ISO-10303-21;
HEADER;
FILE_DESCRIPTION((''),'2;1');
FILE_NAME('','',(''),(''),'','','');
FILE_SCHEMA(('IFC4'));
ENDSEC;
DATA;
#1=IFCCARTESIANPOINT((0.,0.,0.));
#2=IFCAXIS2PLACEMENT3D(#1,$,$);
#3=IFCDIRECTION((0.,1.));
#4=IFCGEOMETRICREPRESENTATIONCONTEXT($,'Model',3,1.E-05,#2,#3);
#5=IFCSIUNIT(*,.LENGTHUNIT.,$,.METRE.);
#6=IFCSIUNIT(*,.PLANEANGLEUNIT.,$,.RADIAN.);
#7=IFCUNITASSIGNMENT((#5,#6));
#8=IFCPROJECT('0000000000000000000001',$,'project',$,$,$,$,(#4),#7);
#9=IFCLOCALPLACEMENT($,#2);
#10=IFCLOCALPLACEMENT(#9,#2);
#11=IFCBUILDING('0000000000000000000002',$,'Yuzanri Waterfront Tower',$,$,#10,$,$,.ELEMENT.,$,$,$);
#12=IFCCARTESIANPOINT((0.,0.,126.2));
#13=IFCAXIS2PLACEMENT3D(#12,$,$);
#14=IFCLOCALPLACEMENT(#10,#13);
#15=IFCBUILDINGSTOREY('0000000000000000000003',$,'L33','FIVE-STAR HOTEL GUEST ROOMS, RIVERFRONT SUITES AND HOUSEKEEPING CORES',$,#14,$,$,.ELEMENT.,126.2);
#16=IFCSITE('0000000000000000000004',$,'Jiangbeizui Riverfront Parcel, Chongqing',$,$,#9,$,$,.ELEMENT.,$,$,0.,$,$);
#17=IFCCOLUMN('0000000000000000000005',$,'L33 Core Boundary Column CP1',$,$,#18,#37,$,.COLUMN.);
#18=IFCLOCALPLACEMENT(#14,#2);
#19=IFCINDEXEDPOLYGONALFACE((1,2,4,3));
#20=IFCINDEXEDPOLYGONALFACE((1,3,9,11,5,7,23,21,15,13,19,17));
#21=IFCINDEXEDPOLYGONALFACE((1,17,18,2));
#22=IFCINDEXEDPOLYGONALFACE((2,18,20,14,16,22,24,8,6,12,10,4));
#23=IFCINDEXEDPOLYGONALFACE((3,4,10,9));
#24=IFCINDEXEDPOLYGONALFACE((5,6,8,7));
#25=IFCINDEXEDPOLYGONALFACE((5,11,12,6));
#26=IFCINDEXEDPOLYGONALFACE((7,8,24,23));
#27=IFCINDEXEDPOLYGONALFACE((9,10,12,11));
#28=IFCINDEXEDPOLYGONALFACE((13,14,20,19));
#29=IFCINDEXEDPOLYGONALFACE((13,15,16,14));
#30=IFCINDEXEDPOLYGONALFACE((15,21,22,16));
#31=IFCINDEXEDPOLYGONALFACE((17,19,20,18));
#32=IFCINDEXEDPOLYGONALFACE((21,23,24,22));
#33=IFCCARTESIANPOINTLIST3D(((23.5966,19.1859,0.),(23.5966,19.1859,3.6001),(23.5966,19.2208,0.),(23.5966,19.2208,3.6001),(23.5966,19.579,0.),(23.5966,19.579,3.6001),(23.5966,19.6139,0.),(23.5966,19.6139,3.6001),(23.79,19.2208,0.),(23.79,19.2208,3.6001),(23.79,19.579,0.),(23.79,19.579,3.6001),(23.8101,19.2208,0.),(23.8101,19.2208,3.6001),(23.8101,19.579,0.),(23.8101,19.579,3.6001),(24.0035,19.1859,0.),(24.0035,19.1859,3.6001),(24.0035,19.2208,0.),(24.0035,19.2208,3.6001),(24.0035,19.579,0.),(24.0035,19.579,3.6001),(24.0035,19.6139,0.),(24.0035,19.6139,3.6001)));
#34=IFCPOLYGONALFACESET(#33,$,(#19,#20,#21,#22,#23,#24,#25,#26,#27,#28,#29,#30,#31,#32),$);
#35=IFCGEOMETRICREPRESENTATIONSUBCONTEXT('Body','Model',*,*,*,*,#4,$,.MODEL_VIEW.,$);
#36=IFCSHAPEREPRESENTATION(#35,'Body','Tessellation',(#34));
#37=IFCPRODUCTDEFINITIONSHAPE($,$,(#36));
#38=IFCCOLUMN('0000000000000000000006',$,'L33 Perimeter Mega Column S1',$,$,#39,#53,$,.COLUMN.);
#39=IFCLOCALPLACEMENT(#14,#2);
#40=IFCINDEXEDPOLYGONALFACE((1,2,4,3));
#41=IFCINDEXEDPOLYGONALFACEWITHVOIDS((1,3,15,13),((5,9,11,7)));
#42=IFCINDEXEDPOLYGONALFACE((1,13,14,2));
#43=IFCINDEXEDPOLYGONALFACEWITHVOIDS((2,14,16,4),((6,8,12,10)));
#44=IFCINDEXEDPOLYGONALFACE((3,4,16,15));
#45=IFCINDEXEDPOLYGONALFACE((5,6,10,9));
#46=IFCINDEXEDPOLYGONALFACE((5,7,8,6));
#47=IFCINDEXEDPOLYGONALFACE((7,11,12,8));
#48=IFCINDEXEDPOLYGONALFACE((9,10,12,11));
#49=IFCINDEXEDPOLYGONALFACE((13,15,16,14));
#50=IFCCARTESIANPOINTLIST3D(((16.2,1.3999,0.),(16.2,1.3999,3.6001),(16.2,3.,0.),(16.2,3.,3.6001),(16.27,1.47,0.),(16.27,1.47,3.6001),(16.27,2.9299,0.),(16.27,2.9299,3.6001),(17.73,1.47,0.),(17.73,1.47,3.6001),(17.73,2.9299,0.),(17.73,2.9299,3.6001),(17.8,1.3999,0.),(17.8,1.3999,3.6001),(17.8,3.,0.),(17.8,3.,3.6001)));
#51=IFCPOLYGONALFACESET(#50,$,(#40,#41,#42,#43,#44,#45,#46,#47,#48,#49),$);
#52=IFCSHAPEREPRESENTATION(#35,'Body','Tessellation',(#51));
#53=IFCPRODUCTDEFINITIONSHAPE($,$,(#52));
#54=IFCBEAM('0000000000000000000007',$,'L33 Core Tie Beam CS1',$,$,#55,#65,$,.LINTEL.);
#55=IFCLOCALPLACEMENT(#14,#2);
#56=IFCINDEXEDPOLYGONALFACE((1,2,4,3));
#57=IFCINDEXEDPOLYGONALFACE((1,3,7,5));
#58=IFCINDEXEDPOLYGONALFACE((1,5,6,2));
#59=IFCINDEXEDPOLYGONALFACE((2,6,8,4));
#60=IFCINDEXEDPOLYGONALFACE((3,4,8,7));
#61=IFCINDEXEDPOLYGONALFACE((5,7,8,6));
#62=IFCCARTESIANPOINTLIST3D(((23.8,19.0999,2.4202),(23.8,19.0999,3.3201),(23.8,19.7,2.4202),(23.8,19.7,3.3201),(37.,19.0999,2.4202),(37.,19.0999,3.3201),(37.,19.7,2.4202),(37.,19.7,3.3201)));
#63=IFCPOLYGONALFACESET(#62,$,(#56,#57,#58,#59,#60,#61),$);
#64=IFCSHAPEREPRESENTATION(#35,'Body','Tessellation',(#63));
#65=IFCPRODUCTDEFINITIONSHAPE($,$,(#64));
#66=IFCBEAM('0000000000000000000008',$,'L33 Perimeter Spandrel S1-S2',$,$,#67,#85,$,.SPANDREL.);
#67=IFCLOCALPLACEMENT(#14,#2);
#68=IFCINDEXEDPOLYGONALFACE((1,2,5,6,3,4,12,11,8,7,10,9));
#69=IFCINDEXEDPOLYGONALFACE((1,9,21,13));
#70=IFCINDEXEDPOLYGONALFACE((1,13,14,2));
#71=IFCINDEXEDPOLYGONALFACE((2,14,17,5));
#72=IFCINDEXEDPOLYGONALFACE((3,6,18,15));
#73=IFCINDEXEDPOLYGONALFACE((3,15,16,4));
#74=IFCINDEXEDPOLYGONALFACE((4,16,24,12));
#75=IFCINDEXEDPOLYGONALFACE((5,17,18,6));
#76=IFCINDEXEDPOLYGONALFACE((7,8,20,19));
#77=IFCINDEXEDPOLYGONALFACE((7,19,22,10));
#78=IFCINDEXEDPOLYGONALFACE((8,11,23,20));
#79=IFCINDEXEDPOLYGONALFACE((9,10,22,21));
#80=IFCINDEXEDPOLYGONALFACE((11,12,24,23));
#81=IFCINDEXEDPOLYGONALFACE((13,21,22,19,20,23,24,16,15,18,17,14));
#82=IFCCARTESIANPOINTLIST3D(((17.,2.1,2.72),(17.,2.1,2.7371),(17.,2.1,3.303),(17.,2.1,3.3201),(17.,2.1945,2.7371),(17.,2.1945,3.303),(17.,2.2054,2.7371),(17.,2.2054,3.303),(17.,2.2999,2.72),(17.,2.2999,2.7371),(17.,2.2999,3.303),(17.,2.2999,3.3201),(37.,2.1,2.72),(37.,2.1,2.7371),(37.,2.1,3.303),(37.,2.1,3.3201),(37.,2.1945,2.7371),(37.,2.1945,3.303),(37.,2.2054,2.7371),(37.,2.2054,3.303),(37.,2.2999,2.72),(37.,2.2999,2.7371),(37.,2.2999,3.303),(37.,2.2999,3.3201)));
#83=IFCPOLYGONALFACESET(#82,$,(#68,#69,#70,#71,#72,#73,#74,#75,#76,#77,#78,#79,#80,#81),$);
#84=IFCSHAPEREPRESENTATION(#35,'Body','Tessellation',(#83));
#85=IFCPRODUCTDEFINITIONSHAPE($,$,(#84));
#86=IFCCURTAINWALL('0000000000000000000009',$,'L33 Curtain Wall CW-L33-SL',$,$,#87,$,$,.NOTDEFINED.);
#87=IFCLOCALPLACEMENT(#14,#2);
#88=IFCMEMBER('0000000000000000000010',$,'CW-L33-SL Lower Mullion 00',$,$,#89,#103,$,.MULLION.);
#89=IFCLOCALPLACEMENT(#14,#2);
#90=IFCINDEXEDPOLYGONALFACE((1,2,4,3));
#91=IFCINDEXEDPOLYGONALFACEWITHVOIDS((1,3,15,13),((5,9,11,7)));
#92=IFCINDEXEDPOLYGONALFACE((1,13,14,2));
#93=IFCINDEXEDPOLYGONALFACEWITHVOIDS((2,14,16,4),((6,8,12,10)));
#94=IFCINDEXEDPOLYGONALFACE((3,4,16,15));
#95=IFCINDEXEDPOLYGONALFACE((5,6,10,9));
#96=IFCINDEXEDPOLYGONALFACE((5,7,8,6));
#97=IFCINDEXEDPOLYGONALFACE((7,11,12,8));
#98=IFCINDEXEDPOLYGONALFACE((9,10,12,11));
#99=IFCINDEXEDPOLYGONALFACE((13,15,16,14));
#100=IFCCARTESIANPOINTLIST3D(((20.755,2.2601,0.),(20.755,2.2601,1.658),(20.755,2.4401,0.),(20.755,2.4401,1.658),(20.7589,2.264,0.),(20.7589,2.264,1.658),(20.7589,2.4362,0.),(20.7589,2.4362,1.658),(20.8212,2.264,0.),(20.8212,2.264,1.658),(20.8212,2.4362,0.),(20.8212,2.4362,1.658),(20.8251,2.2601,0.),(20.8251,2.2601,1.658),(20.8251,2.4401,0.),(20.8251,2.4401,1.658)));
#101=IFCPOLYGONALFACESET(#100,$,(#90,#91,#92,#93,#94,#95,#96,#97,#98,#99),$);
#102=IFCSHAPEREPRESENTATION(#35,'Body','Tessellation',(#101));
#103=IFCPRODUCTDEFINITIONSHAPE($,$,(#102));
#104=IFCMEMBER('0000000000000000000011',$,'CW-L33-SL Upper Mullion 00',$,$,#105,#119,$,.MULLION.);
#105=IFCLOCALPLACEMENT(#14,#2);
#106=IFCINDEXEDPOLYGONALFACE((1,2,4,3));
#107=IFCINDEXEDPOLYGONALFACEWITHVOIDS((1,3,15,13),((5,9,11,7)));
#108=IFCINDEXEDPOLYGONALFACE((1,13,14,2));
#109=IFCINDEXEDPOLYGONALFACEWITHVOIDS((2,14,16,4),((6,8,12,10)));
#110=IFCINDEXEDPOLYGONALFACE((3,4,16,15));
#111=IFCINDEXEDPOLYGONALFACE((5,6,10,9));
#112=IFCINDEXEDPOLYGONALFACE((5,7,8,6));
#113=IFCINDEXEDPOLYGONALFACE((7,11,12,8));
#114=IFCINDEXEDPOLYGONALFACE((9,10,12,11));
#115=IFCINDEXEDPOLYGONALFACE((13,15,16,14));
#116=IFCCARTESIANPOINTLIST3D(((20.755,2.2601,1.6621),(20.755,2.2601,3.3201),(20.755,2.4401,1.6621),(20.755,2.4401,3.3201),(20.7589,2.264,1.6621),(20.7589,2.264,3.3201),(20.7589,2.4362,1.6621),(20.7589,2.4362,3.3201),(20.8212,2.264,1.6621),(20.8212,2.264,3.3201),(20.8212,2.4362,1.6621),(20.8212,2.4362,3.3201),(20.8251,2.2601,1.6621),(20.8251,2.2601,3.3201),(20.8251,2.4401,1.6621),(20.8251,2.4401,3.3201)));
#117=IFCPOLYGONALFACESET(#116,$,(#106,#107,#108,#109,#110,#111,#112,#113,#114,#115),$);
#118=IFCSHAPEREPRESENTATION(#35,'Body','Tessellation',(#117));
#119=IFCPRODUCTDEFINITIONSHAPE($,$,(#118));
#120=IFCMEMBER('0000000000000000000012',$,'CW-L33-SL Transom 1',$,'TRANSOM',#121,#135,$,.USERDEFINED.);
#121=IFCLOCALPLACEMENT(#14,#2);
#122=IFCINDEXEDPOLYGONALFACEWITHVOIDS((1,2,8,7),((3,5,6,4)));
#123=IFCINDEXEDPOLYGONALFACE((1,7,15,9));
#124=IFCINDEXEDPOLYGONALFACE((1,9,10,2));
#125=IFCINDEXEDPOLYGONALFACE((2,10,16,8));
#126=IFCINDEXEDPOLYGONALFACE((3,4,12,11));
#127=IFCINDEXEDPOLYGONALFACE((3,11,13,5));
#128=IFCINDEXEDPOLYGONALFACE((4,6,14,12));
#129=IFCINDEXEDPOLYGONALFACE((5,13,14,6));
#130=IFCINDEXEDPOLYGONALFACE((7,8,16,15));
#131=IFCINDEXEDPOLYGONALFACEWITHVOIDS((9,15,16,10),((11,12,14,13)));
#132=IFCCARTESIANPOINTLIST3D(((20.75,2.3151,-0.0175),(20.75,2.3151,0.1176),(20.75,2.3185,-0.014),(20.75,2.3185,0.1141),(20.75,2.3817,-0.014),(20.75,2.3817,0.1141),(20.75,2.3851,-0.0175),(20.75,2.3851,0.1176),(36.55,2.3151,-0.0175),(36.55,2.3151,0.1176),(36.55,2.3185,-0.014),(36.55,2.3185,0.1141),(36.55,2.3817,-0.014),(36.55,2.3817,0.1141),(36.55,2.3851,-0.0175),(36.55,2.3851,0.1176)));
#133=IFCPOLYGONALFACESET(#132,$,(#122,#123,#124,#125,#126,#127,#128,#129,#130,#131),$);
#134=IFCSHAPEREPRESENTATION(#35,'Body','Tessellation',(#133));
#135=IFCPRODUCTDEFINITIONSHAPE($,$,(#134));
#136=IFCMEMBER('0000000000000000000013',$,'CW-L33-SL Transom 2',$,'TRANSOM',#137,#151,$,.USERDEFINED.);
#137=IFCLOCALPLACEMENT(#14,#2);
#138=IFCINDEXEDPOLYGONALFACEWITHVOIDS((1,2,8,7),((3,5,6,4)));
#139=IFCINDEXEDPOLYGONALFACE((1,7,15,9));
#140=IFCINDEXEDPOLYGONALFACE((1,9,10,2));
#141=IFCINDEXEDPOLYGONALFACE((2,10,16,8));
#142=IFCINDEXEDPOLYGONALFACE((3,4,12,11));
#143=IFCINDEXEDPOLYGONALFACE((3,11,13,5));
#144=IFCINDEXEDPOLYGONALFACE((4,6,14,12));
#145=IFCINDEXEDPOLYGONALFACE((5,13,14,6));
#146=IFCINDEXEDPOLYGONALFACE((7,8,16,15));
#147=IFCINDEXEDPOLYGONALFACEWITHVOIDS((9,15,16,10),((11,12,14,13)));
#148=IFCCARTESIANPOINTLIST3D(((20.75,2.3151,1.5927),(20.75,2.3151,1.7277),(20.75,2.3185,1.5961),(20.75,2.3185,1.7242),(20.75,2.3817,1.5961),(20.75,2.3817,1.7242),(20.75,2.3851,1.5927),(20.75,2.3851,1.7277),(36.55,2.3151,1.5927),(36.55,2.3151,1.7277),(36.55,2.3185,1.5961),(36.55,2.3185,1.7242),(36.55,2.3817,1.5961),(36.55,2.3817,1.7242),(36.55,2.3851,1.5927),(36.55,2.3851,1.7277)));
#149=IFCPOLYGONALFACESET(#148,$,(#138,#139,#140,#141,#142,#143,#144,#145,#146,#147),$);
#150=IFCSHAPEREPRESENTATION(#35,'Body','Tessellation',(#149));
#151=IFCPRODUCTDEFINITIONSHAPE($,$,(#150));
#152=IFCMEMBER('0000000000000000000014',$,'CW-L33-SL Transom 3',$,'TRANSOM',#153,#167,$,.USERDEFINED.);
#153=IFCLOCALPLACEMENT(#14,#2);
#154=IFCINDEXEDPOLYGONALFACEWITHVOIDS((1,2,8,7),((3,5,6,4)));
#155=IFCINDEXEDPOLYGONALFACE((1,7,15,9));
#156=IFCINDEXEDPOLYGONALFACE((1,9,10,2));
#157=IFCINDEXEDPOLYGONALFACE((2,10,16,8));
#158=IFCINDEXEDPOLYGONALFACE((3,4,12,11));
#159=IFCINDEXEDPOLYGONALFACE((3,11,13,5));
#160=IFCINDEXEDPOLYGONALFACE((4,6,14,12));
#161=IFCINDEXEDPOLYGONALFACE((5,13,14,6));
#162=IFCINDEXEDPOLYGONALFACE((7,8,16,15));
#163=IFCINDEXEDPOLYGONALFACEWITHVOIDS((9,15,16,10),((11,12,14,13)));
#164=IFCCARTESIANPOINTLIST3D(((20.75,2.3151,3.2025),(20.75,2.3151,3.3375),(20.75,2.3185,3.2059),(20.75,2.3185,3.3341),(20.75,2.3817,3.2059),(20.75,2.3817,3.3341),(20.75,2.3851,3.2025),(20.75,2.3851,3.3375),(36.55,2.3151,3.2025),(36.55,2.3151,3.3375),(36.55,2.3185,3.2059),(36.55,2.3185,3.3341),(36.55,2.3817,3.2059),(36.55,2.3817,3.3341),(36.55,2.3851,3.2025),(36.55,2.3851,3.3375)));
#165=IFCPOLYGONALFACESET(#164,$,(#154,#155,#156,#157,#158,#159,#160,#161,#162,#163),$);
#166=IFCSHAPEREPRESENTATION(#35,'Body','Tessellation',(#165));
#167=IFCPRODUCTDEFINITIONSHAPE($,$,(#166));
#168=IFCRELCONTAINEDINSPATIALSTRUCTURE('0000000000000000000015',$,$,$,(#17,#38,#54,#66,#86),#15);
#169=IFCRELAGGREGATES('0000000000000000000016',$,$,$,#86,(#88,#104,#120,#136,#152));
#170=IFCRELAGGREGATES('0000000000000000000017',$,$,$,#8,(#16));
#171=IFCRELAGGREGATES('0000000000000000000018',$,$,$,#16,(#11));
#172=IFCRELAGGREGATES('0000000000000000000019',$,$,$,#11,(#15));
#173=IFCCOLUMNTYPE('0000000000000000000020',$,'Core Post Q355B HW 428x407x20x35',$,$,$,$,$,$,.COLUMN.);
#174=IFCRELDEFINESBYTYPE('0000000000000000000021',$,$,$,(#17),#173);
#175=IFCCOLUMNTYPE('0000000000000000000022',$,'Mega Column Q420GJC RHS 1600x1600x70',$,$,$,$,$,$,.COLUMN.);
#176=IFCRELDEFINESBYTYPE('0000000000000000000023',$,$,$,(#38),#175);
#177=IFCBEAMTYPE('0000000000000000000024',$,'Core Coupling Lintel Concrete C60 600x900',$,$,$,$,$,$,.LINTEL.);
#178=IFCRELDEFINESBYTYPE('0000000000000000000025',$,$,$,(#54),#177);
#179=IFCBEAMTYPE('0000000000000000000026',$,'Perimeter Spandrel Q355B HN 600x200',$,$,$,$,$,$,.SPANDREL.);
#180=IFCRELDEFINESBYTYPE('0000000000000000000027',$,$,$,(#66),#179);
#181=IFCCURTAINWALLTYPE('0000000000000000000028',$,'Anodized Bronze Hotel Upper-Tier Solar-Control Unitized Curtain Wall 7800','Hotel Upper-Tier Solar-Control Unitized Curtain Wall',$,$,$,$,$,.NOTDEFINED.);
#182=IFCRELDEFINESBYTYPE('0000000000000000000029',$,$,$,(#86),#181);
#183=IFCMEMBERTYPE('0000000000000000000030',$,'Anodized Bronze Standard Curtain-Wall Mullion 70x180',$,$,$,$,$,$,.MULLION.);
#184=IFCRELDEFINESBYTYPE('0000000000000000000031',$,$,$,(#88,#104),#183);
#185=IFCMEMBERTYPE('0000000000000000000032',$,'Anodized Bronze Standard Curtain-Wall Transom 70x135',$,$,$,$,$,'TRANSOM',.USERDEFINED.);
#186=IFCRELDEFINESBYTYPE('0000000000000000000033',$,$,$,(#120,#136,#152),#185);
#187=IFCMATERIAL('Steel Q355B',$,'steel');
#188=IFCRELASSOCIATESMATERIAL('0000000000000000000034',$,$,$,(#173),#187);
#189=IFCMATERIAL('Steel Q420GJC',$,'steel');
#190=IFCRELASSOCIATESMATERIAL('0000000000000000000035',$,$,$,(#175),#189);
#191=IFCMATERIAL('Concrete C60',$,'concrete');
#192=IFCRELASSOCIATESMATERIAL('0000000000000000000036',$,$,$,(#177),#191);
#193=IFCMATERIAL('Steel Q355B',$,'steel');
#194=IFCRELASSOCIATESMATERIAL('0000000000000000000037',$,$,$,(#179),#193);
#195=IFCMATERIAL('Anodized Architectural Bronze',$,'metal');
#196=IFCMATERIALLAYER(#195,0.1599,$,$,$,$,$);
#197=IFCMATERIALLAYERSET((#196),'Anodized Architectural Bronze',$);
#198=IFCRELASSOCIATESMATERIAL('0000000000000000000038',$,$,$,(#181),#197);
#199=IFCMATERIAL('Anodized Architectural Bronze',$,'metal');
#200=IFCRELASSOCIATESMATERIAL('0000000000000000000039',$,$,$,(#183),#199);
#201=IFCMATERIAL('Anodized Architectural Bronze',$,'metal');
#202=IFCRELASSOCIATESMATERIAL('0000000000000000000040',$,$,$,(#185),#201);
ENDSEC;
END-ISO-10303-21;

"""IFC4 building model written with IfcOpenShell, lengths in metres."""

from ifc_helpers import new_model, si_unit, direction, frame, origin, origin_2d, place, context, subcontext, project, spatial, rectangle, hollow_rectangle, i_section, extrude, source, transform, mapped, material, layer, layer_set, material_profile, profile_set, type_object, element, aggregate, save


model = new_model("IFC4")

# Units and contexts
model_context = context("Model", 3, precision=1e-05, world=origin(), true_north=direction((0.0, 1.0)))
body_context = subcontext(model_context, "Body", "Model", "MODEL_VIEW")
ifc_project = project(units=[si_unit("LENGTHUNIT", "METRE"), si_unit("PLANEANGLEUNIT", "RADIAN")], contexts=[model_context])

# Site, building, storey
site_placement = place(None, origin())
site = spatial("IfcSite", under=ifc_project, at=site_placement, Name="Jiangbeizui Riverfront Parcel, Chongqing", CompositionType="ELEMENT", RefElevation=0.0)
building_placement = place(site_placement, origin())
building = spatial("IfcBuilding", under=site, at=building_placement, Name="Yuzanri Waterfront Tower", CompositionType="ELEMENT")
storey_placement = place(building_placement, frame((0.0, 0.0, 126.2)))
storey = spatial("IfcBuildingStorey", under=building, at=storey_placement, Name="L33", Description="FIVE-STAR HOTEL GUEST ROOMS, RIVERFRONT SUITES AND HOUSEKEEPING CORES", CompositionType="ELEMENT", Elevation=126.2)

# Columns
ifc_material_1 = material(Name="Steel Q355B", Category="steel")
ifc_material_profile_1 = material_profile(ifc_material_1, i_section(OverallWidth=0.407, OverallDepth=0.428, WebThickness=0.02, FlangeThickness=0.0349, at=origin_2d()), Name="HW 428x407x20x35")
ifc_profile_set_1 = profile_set([ifc_material_profile_1], Name="Steel Q355B")
column_type_1 = type_object("IfcColumnType", Name="Core Post Q355B HW 428x407x20x35", PredefinedType="COLUMN", material=ifc_profile_set_1)
shared_shape_1 = source(origin(), body_context, "Body", "SweptSolid", [
    extrude(i_section(OverallWidth=0.407, OverallDepth=0.428, WebThickness=0.02, FlangeThickness=0.0349, at=origin_2d()), origin(), (0.0, 0.0, 1.0), 3.6001),
])
column_1_placement = place(storey_placement, frame((23.8, 19.3999, 0.0), z_axis=(0.0, 0.0, 1.0), x_axis=(1.0, 0.0, 0.0)))
element("IfcColumn", 1, at=column_1_placement, inside=storey, type_object=column_type_1, Name="L33 Core Boundary Column CP1", PredefinedType="COLUMN", context=body_context, shape_type="MappedRepresentation", body=[
    mapped(shared_shape_1, transform((0.0, 0.0, 0.0), scale=1.0)),
])
ifc_material_2 = material(Name="Steel Q420GJC", Category="steel")
ifc_material_profile_2 = material_profile(ifc_material_2, hollow_rectangle(XDim=1.6001, YDim=1.6001, WallThickness=0.0701, at=origin_2d()), Name="RHS 1600x1600x70")
ifc_profile_set_2 = profile_set([ifc_material_profile_2], Name="Steel Q420GJC")
column_type_2 = type_object("IfcColumnType", Name="Mega Column Q420GJC RHS 1600x1600x70", PredefinedType="COLUMN", material=ifc_profile_set_2)
shared_shape_2 = source(origin(), body_context, "Body", "SweptSolid", [
    extrude(hollow_rectangle(XDim=1.6001, YDim=1.6001, WallThickness=0.0701, at=origin_2d()), origin(), (0.0, 0.0, 1.0), 3.6001),
])
column_2_placement = place(storey_placement, frame((17.0, 2.2, 0.0), z_axis=(0.0, 0.0, 1.0), x_axis=(1.0, 0.0, 0.0)))
element("IfcColumn", 2, at=column_2_placement, inside=storey, type_object=column_type_2, Name="L33 Perimeter Mega Column S1", PredefinedType="COLUMN", context=body_context, shape_type="MappedRepresentation", body=[
    mapped(shared_shape_2, transform((0.0, 0.0, 0.0), scale=1.0)),
])

# Beams
ifc_material_3 = material(Name="Concrete C60", Category="concrete")
ifc_material_profile_3 = material_profile(ifc_material_3, rectangle(XDim=0.6001, YDim=0.8999, at=origin_2d()), Name="RC 600x900")
ifc_profile_set_3 = profile_set([ifc_material_profile_3], Name="Concrete C60")
beam_type_1 = type_object("IfcBeamType", Name="Core Coupling Lintel Concrete C60 600x900", PredefinedType="LINTEL", material=ifc_profile_set_3)
shared_shape_3 = source(origin(), body_context, "Body", "SweptSolid", [
    extrude(rectangle(XDim=0.6001, YDim=0.8999, at=origin_2d()), origin(), (0.0, 0.0, 1.0), 13.2),
])
beam_1_placement = place(storey_placement, frame((23.8, 19.3999, 2.8701), z_axis=(1.0, 0.0, 0.0), x_axis=(0.0, 1.0, 0.0)))
element("IfcBeam", 3, at=beam_1_placement, inside=storey, type_object=beam_type_1, Name="L33 Core Tie Beam CS1", PredefinedType="LINTEL", context=body_context, shape_type="MappedRepresentation", body=[
    mapped(shared_shape_3, transform((0.0, 0.0, 0.0), scale=1.0)),
])
ifc_material_4 = material(Name="Steel Q355B", Category="steel")
ifc_material_profile_4 = material_profile(ifc_material_4, i_section(OverallWidth=0.2, OverallDepth=0.6001, WebThickness=0.011, FlangeThickness=0.0171, at=origin_2d()), Name="HN 600x200x11x17")
ifc_profile_set_4 = profile_set([ifc_material_profile_4], Name="Steel Q355B")
beam_type_2 = type_object("IfcBeamType", Name="Perimeter Spandrel Q355B HN 600x200", PredefinedType="SPANDREL", material=ifc_profile_set_4)
shared_shape_4 = source(origin(), body_context, "Body", "SweptSolid", [
    extrude(i_section(OverallWidth=0.2, OverallDepth=0.6001, WebThickness=0.011, FlangeThickness=0.0171, at=origin_2d()), origin(), (0.0, 0.0, 1.0), 20.0),
])
beam_2_placement = place(storey_placement, frame((17.0, 2.2, 3.02), z_axis=(1.0, 0.0, 0.0), x_axis=(0.0, 1.0, 0.0)))
element("IfcBeam", 4, at=beam_2_placement, inside=storey, type_object=beam_type_2, Name="L33 Perimeter Spandrel S1-S2", PredefinedType="SPANDREL", context=body_context, shape_type="MappedRepresentation", body=[
    mapped(shared_shape_4, transform((0.0, 0.0, 0.0), scale=1.0)),
])

# Curtain wall, members
ifc_material_5 = material(Name="Anodized Architectural Bronze", Category="metal")
ifc_layer_1 = layer(ifc_material_5, 0.1599)
ifc_layer_set_1 = layer_set([ifc_layer_1], Name="Anodized Architectural Bronze")
curtain_wall_type = type_object("IfcCurtainWallType", Name="Anodized Bronze Hotel Upper-Tier Solar-Control Unitized Curtain Wall 7800", Description="Hotel Upper-Tier Solar-Control Unitized Curtain Wall", PredefinedType="NOTDEFINED", material=ifc_layer_set_1)
curtain_wall_placement = place(storey_placement, origin())
curtain_wall = element("IfcCurtainWall", 5, at=curtain_wall_placement, inside=storey, type_object=curtain_wall_type, Name="L33 Curtain Wall CW-L33-SL", PredefinedType="NOTDEFINED")
ifc_material_6 = material(Name="Anodized Architectural Bronze", Category="metal")
ifc_material_profile_5 = material_profile(ifc_material_6, hollow_rectangle(XDim=0.0701, YDim=0.1799, WallThickness=0.0039, at=origin_2d()), Name="CWM 70x180")
ifc_profile_set_5 = profile_set([ifc_material_profile_5], Name="Anodized Architectural Bronze")
member_type_1 = type_object("IfcMemberType", Name="Anodized Bronze Standard Curtain-Wall Mullion 70x180", PredefinedType="MULLION", material=ifc_profile_set_5)
shared_shape_5 = source(origin(), body_context, "Body", "SweptSolid", [
    extrude(hollow_rectangle(XDim=0.0701, YDim=0.1799, WallThickness=0.0039, at=origin_2d()), origin(), (0.0, 0.0, 1.0), 1.658),
])
member_1_placement = place(storey_placement, frame((20.79, 2.3501, 0.0), z_axis=(0.0, 0.0, 1.0), x_axis=(1.0, 0.0, 0.0)))
member_1 = element("IfcMember", 6, at=member_1_placement, type_object=member_type_1, Name="CW-L33-SL Lower Mullion 00", PredefinedType="MULLION", context=body_context, shape_type="MappedRepresentation", body=[
    mapped(shared_shape_5, transform((0.0, 0.0, 0.0), scale=1.0)),
])
member_2_placement = place(storey_placement, frame((20.79, 2.3501, 1.6621), z_axis=(0.0, 0.0, 1.0), x_axis=(1.0, 0.0, 0.0)))
member_2 = element("IfcMember", 7, at=member_2_placement, type_object=member_type_1, Name="CW-L33-SL Upper Mullion 00", PredefinedType="MULLION", context=body_context, shape_type="MappedRepresentation", body=[
    mapped(shared_shape_5, transform((0.0, 0.0, 0.0), scale=1.0)),
])
ifc_material_7 = material(Name="Anodized Architectural Bronze", Category="metal")
ifc_material_profile_6 = material_profile(ifc_material_7, hollow_rectangle(XDim=0.0701, YDim=0.135, WallThickness=0.0034, at=origin_2d()), Name="CWT 70x135")
ifc_profile_set_6 = profile_set([ifc_material_profile_6], Name="Anodized Architectural Bronze")
member_type_2 = type_object("IfcMemberType", Name="Anodized Bronze Standard Curtain-Wall Transom 70x135", ElementType="TRANSOM", PredefinedType="USERDEFINED", material=ifc_profile_set_6)
shared_shape_6 = source(origin(), body_context, "Body", "SweptSolid", [
    extrude(hollow_rectangle(XDim=0.0701, YDim=0.135, WallThickness=0.0034, at=origin_2d()), origin(), (0.0, 0.0, 1.0), 15.8),
])
member_3_placement = place(storey_placement, frame((20.75, 2.3501, 0.05), z_axis=(1.0, 0.0, 0.0), x_axis=(0.0, 1.0, 0.0)))
member_3 = element("IfcMember", 8, at=member_3_placement, type_object=member_type_2, Name="CW-L33-SL Transom 1", ObjectType="TRANSOM", PredefinedType="USERDEFINED", context=body_context, shape_type="MappedRepresentation", body=[
    mapped(shared_shape_6, transform((0.0, 0.0, 0.0), scale=1.0)),
])
member_4_placement = place(storey_placement, frame((20.75, 2.3501, 1.6602), z_axis=(1.0, 0.0, 0.0), x_axis=(0.0, 1.0, 0.0)))
member_4 = element("IfcMember", 9, at=member_4_placement, type_object=member_type_2, Name="CW-L33-SL Transom 2", ObjectType="TRANSOM", PredefinedType="USERDEFINED", context=body_context, shape_type="MappedRepresentation", body=[
    mapped(shared_shape_6, transform((0.0, 0.0, 0.0), scale=1.0)),
])
member_5_placement = place(storey_placement, frame((20.75, 2.3501, 3.27), z_axis=(1.0, 0.0, 0.0), x_axis=(0.0, 1.0, 0.0)))
member_5 = element("IfcMember", 10, at=member_5_placement, type_object=member_type_2, Name="CW-L33-SL Transom 3", ObjectType="TRANSOM", PredefinedType="USERDEFINED", context=body_context, shape_type="MappedRepresentation", body=[
    mapped(shared_shape_6, transform((0.0, 0.0, 0.0), scale=1.0)),
])
aggregate(curtain_wall, [member_1, member_2, member_3, member_4, member_5])

save(model, "model.ifc")
